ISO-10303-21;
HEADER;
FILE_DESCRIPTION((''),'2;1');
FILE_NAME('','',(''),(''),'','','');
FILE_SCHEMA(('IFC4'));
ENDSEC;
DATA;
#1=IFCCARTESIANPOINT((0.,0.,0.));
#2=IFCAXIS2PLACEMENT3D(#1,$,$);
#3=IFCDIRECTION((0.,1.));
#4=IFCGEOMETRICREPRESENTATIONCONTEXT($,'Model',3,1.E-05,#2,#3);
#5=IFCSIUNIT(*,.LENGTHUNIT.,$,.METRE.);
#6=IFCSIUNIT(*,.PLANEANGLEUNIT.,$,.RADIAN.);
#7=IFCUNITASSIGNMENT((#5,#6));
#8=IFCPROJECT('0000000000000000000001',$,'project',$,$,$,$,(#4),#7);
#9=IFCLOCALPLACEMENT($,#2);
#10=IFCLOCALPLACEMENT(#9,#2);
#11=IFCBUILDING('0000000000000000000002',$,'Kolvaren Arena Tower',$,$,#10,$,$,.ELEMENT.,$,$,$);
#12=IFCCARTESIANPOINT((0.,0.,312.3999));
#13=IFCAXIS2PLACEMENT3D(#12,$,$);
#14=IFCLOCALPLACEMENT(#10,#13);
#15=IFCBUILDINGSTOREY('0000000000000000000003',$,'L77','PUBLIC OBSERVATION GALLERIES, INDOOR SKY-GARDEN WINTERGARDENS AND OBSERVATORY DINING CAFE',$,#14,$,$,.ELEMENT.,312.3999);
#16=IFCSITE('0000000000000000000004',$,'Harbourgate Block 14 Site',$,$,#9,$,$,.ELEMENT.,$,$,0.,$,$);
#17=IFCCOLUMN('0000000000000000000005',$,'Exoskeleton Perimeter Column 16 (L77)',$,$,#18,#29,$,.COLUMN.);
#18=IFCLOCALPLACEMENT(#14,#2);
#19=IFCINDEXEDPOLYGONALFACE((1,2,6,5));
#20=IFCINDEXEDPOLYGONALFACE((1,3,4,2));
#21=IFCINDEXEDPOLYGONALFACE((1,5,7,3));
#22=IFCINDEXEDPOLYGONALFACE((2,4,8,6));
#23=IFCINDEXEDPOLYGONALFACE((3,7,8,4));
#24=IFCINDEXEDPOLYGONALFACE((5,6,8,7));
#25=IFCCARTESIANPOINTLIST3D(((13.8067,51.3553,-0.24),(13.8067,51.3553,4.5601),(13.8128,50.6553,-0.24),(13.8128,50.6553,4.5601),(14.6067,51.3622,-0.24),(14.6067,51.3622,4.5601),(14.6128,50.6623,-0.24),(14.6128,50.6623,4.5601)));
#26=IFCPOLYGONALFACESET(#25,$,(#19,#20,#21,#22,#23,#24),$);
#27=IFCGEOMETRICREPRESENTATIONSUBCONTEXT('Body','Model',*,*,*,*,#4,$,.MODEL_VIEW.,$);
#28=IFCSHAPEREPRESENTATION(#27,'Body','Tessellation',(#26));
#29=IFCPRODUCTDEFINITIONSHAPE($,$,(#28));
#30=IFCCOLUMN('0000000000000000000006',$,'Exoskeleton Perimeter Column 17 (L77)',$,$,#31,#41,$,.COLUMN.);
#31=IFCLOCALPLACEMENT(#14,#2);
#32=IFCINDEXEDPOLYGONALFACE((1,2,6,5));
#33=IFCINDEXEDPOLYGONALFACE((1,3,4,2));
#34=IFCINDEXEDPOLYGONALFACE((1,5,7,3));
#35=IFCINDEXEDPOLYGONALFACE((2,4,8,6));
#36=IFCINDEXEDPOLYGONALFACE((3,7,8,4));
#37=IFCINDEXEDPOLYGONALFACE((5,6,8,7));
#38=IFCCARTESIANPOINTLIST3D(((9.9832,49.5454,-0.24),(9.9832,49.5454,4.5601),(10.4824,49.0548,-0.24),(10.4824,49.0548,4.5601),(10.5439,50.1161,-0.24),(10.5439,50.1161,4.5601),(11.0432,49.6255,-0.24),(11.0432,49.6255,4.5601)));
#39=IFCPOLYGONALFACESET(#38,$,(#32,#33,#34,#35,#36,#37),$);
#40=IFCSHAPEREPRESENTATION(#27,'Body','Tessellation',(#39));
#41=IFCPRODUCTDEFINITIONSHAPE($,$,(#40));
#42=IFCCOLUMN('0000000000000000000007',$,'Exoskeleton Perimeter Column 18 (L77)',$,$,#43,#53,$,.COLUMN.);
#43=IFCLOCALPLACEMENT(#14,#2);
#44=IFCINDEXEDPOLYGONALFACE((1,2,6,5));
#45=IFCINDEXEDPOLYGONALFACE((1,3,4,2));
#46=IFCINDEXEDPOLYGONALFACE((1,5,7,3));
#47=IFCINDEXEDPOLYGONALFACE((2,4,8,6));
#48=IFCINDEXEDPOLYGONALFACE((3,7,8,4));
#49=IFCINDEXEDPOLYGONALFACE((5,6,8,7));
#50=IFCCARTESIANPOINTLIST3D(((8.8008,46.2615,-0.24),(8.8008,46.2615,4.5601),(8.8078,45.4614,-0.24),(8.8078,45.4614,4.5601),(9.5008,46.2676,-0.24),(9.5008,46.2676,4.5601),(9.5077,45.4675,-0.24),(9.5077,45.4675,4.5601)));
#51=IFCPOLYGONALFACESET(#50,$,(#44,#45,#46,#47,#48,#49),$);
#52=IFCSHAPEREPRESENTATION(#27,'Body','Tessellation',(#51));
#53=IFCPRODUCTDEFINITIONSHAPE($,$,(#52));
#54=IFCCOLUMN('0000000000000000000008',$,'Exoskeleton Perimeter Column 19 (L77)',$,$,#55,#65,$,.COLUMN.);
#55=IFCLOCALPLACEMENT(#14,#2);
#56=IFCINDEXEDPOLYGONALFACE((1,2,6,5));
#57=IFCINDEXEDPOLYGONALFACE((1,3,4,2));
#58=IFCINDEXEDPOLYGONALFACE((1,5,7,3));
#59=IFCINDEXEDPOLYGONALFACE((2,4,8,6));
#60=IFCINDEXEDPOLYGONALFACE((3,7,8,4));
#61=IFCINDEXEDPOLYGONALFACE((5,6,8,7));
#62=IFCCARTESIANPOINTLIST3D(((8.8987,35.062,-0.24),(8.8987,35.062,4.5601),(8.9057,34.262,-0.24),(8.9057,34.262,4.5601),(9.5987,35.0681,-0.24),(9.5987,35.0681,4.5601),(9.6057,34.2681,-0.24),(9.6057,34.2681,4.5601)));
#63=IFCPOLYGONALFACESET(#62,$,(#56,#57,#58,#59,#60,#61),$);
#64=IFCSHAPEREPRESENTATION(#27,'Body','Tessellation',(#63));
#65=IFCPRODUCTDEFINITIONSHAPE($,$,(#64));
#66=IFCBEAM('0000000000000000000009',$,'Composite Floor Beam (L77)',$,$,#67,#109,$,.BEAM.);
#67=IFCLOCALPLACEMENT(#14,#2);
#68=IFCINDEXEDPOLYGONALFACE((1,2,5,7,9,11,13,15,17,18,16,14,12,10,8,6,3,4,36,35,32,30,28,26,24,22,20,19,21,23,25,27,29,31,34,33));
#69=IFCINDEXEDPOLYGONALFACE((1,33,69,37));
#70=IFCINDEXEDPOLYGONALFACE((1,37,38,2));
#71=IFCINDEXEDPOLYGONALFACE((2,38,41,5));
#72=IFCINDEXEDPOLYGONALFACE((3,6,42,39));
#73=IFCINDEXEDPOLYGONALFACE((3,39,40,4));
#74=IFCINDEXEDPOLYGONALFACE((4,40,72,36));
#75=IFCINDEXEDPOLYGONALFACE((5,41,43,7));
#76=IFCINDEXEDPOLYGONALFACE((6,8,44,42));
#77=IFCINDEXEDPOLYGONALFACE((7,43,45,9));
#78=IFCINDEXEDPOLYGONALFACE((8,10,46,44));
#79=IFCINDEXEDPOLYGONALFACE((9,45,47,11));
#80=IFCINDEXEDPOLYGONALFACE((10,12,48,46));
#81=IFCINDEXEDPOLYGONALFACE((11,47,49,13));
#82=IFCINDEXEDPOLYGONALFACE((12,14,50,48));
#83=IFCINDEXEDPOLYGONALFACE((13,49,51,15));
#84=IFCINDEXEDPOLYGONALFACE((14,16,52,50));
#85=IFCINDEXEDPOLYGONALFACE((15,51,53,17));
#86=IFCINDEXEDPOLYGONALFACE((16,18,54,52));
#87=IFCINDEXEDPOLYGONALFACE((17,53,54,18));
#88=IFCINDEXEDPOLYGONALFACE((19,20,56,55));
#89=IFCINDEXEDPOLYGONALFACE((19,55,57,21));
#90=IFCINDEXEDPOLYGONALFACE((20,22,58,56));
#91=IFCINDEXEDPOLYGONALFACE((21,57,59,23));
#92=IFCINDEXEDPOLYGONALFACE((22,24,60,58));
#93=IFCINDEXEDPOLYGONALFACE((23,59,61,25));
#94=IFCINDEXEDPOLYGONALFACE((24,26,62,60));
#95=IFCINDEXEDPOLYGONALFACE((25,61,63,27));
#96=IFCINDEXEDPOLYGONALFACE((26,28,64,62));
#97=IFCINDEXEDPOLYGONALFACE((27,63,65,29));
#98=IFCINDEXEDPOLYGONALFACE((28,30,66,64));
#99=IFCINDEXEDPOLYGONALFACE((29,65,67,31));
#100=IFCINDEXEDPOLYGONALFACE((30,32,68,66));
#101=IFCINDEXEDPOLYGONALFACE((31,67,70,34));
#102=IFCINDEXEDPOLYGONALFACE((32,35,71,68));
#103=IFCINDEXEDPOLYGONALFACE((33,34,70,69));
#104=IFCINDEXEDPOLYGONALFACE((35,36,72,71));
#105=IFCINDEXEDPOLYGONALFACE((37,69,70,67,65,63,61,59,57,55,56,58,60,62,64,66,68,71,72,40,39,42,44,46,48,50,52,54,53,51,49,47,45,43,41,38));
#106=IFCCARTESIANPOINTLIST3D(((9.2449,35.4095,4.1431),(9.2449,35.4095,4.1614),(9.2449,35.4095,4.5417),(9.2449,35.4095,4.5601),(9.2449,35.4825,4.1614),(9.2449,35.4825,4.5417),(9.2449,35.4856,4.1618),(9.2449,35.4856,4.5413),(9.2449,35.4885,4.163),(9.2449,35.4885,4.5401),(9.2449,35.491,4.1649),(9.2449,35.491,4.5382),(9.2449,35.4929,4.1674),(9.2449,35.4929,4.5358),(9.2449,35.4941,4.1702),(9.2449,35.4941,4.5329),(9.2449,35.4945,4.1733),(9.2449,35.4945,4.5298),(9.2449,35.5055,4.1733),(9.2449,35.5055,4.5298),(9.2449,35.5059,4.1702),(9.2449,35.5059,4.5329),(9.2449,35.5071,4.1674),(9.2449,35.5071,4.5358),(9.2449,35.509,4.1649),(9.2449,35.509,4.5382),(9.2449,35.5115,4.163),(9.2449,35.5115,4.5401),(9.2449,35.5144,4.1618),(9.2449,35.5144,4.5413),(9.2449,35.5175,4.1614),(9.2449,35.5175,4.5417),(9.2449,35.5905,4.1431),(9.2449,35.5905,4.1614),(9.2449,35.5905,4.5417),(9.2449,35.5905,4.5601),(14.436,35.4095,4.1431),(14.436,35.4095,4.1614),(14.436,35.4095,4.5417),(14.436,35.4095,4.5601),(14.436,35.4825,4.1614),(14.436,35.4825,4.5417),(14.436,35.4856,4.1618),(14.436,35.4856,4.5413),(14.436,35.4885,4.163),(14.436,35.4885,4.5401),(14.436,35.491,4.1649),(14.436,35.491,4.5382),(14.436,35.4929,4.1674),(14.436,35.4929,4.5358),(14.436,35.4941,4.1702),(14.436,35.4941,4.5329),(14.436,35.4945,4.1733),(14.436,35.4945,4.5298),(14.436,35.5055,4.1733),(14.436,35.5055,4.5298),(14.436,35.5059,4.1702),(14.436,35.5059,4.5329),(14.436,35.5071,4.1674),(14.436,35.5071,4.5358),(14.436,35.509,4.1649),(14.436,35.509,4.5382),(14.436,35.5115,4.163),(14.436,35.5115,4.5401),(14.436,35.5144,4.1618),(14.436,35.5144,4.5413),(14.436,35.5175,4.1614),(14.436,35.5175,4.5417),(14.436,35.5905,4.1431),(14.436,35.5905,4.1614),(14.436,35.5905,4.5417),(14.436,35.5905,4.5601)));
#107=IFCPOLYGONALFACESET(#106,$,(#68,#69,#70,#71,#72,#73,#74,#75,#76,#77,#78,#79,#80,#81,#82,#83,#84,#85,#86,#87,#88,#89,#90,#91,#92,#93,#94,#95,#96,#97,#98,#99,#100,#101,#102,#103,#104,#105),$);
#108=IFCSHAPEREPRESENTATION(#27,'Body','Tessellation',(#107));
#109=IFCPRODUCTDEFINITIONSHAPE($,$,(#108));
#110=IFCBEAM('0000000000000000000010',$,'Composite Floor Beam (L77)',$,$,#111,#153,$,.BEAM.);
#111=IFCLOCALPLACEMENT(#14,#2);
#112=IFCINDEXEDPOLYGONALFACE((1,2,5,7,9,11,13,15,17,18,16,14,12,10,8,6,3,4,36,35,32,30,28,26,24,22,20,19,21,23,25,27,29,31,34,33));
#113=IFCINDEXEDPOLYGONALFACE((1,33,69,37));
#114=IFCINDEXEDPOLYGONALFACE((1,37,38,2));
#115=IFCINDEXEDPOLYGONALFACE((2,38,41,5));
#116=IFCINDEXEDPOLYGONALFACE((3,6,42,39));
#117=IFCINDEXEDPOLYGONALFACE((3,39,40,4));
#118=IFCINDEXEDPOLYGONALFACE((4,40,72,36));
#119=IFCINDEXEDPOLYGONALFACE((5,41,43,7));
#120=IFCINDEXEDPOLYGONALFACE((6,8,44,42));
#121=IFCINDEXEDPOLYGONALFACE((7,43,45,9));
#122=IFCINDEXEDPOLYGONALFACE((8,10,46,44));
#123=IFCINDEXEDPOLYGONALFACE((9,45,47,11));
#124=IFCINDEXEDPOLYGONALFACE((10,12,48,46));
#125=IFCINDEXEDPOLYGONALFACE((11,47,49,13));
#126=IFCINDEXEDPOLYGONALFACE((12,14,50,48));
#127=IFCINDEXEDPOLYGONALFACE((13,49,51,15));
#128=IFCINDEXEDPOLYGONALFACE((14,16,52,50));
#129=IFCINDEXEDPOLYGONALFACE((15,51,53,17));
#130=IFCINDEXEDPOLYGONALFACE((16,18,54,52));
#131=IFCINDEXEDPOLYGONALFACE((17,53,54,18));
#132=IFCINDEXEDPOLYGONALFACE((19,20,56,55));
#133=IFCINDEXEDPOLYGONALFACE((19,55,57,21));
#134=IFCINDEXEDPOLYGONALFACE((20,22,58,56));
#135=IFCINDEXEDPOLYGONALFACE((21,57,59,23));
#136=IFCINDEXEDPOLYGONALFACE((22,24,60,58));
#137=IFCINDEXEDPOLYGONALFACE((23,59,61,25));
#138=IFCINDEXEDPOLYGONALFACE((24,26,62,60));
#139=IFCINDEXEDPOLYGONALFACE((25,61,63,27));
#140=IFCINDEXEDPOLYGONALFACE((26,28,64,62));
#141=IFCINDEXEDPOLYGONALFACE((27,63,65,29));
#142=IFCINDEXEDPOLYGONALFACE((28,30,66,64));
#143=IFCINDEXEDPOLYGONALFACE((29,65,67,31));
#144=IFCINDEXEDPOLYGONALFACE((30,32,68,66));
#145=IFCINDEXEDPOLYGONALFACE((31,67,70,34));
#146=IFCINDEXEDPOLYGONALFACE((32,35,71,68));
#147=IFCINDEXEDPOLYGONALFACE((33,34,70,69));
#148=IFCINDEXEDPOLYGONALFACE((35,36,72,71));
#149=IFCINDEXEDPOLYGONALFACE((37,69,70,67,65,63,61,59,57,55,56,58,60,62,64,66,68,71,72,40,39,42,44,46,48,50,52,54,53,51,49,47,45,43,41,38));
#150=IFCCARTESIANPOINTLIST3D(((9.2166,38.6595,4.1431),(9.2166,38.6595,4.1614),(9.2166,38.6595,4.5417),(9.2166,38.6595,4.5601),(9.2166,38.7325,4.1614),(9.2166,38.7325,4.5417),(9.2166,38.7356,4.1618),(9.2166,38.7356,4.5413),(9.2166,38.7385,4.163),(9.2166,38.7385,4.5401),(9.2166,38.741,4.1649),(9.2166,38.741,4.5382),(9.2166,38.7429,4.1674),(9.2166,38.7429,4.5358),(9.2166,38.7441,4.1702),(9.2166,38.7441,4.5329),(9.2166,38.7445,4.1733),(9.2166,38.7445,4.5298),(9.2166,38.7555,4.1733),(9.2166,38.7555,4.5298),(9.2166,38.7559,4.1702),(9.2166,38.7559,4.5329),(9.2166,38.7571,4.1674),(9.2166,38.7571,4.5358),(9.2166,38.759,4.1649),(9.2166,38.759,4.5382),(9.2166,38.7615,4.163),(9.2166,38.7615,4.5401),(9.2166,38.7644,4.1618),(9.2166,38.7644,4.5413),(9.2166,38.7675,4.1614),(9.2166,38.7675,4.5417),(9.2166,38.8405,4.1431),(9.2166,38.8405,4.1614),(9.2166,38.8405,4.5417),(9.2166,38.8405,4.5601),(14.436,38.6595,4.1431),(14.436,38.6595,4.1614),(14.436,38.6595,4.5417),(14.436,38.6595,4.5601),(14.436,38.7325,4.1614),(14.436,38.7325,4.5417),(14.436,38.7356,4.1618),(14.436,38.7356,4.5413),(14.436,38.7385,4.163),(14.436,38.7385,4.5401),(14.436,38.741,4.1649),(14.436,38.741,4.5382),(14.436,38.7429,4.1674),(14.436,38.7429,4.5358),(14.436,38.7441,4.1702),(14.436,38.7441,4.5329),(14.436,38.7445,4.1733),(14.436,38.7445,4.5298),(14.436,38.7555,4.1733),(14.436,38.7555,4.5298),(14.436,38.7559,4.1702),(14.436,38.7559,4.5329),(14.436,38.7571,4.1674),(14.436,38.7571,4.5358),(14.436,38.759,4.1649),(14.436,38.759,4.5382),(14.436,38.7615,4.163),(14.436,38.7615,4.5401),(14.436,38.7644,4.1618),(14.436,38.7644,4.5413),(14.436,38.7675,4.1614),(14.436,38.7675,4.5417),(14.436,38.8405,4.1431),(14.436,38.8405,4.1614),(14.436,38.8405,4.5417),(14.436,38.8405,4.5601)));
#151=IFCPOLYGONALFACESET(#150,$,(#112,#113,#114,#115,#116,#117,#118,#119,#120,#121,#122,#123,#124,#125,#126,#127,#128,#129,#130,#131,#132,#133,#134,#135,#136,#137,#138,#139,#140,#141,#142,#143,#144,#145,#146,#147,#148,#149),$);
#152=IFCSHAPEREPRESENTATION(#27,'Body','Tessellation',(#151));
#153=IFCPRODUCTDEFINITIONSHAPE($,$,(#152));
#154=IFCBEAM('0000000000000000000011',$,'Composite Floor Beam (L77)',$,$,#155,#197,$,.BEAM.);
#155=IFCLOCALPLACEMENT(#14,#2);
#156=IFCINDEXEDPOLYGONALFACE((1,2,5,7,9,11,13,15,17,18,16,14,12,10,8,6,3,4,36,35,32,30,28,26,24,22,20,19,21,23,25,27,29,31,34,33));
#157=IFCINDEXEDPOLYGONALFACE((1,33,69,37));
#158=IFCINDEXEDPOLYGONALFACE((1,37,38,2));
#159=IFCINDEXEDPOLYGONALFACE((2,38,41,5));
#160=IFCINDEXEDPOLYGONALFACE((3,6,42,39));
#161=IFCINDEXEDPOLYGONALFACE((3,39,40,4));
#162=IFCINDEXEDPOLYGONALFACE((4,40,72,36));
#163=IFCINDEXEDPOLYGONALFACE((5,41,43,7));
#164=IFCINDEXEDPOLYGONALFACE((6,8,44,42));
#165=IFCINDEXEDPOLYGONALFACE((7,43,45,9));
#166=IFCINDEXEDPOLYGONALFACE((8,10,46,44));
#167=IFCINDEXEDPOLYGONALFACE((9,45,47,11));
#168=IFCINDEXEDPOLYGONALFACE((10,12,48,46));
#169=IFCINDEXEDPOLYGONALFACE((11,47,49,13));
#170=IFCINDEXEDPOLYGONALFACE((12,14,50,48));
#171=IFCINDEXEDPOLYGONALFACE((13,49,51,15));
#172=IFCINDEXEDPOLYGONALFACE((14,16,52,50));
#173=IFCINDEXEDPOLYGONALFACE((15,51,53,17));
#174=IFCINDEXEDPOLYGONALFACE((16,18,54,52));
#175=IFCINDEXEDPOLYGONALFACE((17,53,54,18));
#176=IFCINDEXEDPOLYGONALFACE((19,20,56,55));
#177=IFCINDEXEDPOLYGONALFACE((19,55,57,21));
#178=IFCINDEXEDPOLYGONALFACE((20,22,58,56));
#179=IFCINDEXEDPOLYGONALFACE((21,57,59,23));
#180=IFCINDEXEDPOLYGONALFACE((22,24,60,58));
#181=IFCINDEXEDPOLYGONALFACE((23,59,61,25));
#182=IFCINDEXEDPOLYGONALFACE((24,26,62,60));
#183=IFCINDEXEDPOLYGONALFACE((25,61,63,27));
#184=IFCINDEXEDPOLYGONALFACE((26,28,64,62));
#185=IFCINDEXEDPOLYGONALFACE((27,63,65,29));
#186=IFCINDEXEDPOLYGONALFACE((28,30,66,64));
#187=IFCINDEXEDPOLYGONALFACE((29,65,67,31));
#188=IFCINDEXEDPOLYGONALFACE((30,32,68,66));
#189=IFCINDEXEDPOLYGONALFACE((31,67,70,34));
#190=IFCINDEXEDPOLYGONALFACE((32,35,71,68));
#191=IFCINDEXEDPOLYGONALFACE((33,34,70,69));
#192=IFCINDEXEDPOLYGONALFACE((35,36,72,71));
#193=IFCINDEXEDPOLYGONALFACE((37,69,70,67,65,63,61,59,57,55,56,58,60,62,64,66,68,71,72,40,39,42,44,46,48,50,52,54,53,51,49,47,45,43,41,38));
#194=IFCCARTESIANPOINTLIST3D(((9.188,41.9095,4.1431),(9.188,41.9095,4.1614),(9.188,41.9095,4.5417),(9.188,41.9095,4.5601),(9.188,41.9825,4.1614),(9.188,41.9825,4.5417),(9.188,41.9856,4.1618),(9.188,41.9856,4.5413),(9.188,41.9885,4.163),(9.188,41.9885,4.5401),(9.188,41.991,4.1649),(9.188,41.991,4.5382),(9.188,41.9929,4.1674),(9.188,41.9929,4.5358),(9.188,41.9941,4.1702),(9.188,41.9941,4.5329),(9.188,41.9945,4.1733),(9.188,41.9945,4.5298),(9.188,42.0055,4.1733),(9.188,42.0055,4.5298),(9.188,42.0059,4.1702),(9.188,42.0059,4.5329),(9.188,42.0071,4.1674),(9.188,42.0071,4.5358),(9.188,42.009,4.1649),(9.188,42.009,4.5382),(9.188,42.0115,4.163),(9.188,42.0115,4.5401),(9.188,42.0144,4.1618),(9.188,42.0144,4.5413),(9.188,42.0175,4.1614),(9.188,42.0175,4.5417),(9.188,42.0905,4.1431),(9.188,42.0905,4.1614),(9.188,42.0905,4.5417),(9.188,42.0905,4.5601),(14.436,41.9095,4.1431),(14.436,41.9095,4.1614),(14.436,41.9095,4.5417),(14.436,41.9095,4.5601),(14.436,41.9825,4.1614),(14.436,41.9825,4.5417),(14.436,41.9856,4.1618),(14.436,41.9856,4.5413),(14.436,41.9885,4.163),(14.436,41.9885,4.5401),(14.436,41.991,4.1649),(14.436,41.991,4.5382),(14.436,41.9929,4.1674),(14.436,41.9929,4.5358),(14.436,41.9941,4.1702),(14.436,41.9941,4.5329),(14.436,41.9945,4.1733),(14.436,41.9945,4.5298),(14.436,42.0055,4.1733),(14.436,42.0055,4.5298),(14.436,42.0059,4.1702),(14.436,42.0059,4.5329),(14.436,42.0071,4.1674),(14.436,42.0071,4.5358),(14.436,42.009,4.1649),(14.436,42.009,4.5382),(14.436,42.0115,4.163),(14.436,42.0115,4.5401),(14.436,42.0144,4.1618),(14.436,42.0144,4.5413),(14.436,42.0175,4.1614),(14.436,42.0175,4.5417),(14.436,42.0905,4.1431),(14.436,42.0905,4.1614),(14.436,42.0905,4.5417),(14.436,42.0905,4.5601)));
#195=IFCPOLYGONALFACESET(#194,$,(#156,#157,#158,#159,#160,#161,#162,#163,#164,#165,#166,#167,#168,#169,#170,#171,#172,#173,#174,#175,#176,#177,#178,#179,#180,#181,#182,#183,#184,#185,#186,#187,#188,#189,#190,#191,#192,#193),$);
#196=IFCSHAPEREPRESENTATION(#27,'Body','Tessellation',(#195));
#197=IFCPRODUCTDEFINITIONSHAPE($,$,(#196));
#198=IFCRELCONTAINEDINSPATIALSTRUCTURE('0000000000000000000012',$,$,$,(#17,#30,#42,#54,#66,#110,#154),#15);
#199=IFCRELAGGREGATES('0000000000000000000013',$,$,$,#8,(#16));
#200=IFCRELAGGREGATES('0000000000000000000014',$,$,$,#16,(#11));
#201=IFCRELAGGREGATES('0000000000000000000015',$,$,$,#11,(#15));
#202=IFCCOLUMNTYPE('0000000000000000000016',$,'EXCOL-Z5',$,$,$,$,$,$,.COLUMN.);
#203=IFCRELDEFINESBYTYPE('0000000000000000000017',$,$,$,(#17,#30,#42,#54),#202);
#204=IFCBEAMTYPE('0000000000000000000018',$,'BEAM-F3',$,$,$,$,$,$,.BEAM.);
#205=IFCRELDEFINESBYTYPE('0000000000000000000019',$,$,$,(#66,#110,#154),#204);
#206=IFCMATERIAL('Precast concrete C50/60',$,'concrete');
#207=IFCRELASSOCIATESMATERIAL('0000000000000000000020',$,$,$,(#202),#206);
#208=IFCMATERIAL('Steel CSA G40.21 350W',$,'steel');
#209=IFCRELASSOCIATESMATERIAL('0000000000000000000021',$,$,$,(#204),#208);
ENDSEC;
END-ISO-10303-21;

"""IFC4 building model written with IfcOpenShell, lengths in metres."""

from ifc_helpers import new_model, si_unit, direction, frame, origin, origin_2d, place, context, subcontext, project, spatial, rectangle, i_section, extrude, material, material_profile, profile_set, type_object, element, save


model = new_model("IFC4")

# Units and contexts
model_context = context("Model", 3, precision=1e-05, world=origin(), true_north=direction((0.0, 1.0)))
body_context = subcontext(model_context, "Body", "Model", "MODEL_VIEW")
ifc_project = project(units=[si_unit("LENGTHUNIT", "METRE"), si_unit("PLANEANGLEUNIT", "RADIAN")], contexts=[model_context])

# Site, building, storey
site_placement = place(None, origin())
site = spatial("IfcSite", under=ifc_project, at=site_placement, Name="Harbourgate Block 14 Site", CompositionType="ELEMENT", RefElevation=0.0)
building_placement = place(site_placement, origin())
building = spatial("IfcBuilding", under=site, at=building_placement, Name="Kolvaren Arena Tower", CompositionType="ELEMENT")
storey_placement = place(building_placement, frame((0.0, 0.0, 312.3999)))
storey = spatial("IfcBuildingStorey", under=building, at=storey_placement, Name="L77", Description="PUBLIC OBSERVATION GALLERIES, INDOOR SKY-GARDEN WINTERGARDENS AND OBSERVATORY DINING CAFE", CompositionType="ELEMENT", Elevation=312.3999)

# Columns
ifc_material_1 = material(Name="Precast concrete C50/60", Category="concrete")
ifc_material_profile_1 = material_profile(ifc_material_1, rectangle(XDim=0.8, YDim=0.7, at=origin_2d()), Name="RC-800x700")
ifc_profile_set_1 = profile_set([ifc_material_profile_1], Name="Precast concrete C50/60")
column_type = type_object("IfcColumnType", Name="EXCOL-Z5", PredefinedType="COLUMN", material=ifc_profile_set_1)
for number, where, z_axis, x_axis, name in (
    (1, (14.2097, 51.0088, -0.24), (0.0, 0.0, 1.0), (0.999962, 0.008727, 0.0), "Exoskeleton Perimeter Column 16 (L77)"),
    (2, (10.5132, 49.5854, -0.24), (0.0, 0.0, 1.0), (0.700909, 0.71325, 0.0), "Exoskeleton Perimeter Column 17 (L77)"),
    (3, (9.1543, 45.8645, -0.24), (0.0, 0.0, 1.0), (-0.008727, 0.999962, 0.0), "Exoskeleton Perimeter Column 18 (L77)"),
    (4, (9.2522, 34.665, -0.24), (0.0, 0.0, 1.0), (-0.008727, 0.999962, 0.0), "Exoskeleton Perimeter Column 19 (L77)"),
):
    element("IfcColumn", number, at=place(storey_placement, frame(where, z_axis=z_axis, x_axis=x_axis)), inside=storey, type_object=column_type, Name=name, PredefinedType="COLUMN", context=body_context, shape_type="SweptSolid", body=[
        extrude(rectangle(XDim=0.8, YDim=0.7, at=origin_2d()), origin(), (0.0, 0.0, 1.0), 4.8),
    ])

# Beams
ifc_material_2 = material(Name="Steel CSA G40.21 350W", Category="steel")
ifc_material_profile_2 = material_profile(ifc_material_2, i_section(OverallWidth=0.1809, OverallDepth=0.417, WebThickness=0.011, FlangeThickness=0.0183, FilletRadius=0.012, at=origin_2d()), Name="W410x85")
ifc_profile_set_2 = profile_set([ifc_material_profile_2], Name="Steel CSA G40.21 350W")
beam_type_1 = type_object("IfcBeamType", Name="BEAM-F3", PredefinedType="BEAM", material=ifc_profile_set_2)
beam_1_placement = place(storey_placement, frame((9.2449, 35.5, 4.3516), z_axis=(1.0, 0.0, 0.0), x_axis=(0.0, 1.0, 0.0)))
element("IfcBeam", 5, at=beam_1_placement, inside=storey, type_object=beam_type_1, Name="Composite Floor Beam (L77)", PredefinedType="BEAM", context=body_context, shape_type="SweptSolid", body=[
    extrude(i_section(OverallWidth=0.1809, OverallDepth=0.417, WebThickness=0.011, FlangeThickness=0.0183, FilletRadius=0.012, at=origin_2d()), origin(), (0.0, 0.0, 1.0), 5.1912),
])
beam_2_placement = place(storey_placement, frame((9.2166, 38.75, 4.3516), z_axis=(1.0, 0.0, 0.0), x_axis=(0.0, 1.0, 0.0)))
element("IfcBeam", 6, at=beam_2_placement, inside=storey, type_object=beam_type_1, Name="Composite Floor Beam (L77)", PredefinedType="BEAM", context=body_context, shape_type="SweptSolid", body=[
    extrude(i_section(OverallWidth=0.1809, OverallDepth=0.417, WebThickness=0.011, FlangeThickness=0.0183, FilletRadius=0.012, at=origin_2d()), origin(), (0.0, 0.0, 1.0), 5.2195),
])
beam_3_placement = place(storey_placement, frame((9.188, 42.0, 4.3516), z_axis=(1.0, 0.0, 0.0), x_axis=(0.0, 1.0, 0.0)))
element("IfcBeam", 7, at=beam_3_placement, inside=storey, type_object=beam_type_1, Name="Composite Floor Beam (L77)", PredefinedType="BEAM", context=body_context, shape_type="SweptSolid", body=[
    extrude(i_section(OverallWidth=0.1809, OverallDepth=0.417, WebThickness=0.011, FlangeThickness=0.0183, FilletRadius=0.012, at=origin_2d()), origin(), (0.0, 0.0, 1.0), 5.248),
])

save(model, "model.ifc")
